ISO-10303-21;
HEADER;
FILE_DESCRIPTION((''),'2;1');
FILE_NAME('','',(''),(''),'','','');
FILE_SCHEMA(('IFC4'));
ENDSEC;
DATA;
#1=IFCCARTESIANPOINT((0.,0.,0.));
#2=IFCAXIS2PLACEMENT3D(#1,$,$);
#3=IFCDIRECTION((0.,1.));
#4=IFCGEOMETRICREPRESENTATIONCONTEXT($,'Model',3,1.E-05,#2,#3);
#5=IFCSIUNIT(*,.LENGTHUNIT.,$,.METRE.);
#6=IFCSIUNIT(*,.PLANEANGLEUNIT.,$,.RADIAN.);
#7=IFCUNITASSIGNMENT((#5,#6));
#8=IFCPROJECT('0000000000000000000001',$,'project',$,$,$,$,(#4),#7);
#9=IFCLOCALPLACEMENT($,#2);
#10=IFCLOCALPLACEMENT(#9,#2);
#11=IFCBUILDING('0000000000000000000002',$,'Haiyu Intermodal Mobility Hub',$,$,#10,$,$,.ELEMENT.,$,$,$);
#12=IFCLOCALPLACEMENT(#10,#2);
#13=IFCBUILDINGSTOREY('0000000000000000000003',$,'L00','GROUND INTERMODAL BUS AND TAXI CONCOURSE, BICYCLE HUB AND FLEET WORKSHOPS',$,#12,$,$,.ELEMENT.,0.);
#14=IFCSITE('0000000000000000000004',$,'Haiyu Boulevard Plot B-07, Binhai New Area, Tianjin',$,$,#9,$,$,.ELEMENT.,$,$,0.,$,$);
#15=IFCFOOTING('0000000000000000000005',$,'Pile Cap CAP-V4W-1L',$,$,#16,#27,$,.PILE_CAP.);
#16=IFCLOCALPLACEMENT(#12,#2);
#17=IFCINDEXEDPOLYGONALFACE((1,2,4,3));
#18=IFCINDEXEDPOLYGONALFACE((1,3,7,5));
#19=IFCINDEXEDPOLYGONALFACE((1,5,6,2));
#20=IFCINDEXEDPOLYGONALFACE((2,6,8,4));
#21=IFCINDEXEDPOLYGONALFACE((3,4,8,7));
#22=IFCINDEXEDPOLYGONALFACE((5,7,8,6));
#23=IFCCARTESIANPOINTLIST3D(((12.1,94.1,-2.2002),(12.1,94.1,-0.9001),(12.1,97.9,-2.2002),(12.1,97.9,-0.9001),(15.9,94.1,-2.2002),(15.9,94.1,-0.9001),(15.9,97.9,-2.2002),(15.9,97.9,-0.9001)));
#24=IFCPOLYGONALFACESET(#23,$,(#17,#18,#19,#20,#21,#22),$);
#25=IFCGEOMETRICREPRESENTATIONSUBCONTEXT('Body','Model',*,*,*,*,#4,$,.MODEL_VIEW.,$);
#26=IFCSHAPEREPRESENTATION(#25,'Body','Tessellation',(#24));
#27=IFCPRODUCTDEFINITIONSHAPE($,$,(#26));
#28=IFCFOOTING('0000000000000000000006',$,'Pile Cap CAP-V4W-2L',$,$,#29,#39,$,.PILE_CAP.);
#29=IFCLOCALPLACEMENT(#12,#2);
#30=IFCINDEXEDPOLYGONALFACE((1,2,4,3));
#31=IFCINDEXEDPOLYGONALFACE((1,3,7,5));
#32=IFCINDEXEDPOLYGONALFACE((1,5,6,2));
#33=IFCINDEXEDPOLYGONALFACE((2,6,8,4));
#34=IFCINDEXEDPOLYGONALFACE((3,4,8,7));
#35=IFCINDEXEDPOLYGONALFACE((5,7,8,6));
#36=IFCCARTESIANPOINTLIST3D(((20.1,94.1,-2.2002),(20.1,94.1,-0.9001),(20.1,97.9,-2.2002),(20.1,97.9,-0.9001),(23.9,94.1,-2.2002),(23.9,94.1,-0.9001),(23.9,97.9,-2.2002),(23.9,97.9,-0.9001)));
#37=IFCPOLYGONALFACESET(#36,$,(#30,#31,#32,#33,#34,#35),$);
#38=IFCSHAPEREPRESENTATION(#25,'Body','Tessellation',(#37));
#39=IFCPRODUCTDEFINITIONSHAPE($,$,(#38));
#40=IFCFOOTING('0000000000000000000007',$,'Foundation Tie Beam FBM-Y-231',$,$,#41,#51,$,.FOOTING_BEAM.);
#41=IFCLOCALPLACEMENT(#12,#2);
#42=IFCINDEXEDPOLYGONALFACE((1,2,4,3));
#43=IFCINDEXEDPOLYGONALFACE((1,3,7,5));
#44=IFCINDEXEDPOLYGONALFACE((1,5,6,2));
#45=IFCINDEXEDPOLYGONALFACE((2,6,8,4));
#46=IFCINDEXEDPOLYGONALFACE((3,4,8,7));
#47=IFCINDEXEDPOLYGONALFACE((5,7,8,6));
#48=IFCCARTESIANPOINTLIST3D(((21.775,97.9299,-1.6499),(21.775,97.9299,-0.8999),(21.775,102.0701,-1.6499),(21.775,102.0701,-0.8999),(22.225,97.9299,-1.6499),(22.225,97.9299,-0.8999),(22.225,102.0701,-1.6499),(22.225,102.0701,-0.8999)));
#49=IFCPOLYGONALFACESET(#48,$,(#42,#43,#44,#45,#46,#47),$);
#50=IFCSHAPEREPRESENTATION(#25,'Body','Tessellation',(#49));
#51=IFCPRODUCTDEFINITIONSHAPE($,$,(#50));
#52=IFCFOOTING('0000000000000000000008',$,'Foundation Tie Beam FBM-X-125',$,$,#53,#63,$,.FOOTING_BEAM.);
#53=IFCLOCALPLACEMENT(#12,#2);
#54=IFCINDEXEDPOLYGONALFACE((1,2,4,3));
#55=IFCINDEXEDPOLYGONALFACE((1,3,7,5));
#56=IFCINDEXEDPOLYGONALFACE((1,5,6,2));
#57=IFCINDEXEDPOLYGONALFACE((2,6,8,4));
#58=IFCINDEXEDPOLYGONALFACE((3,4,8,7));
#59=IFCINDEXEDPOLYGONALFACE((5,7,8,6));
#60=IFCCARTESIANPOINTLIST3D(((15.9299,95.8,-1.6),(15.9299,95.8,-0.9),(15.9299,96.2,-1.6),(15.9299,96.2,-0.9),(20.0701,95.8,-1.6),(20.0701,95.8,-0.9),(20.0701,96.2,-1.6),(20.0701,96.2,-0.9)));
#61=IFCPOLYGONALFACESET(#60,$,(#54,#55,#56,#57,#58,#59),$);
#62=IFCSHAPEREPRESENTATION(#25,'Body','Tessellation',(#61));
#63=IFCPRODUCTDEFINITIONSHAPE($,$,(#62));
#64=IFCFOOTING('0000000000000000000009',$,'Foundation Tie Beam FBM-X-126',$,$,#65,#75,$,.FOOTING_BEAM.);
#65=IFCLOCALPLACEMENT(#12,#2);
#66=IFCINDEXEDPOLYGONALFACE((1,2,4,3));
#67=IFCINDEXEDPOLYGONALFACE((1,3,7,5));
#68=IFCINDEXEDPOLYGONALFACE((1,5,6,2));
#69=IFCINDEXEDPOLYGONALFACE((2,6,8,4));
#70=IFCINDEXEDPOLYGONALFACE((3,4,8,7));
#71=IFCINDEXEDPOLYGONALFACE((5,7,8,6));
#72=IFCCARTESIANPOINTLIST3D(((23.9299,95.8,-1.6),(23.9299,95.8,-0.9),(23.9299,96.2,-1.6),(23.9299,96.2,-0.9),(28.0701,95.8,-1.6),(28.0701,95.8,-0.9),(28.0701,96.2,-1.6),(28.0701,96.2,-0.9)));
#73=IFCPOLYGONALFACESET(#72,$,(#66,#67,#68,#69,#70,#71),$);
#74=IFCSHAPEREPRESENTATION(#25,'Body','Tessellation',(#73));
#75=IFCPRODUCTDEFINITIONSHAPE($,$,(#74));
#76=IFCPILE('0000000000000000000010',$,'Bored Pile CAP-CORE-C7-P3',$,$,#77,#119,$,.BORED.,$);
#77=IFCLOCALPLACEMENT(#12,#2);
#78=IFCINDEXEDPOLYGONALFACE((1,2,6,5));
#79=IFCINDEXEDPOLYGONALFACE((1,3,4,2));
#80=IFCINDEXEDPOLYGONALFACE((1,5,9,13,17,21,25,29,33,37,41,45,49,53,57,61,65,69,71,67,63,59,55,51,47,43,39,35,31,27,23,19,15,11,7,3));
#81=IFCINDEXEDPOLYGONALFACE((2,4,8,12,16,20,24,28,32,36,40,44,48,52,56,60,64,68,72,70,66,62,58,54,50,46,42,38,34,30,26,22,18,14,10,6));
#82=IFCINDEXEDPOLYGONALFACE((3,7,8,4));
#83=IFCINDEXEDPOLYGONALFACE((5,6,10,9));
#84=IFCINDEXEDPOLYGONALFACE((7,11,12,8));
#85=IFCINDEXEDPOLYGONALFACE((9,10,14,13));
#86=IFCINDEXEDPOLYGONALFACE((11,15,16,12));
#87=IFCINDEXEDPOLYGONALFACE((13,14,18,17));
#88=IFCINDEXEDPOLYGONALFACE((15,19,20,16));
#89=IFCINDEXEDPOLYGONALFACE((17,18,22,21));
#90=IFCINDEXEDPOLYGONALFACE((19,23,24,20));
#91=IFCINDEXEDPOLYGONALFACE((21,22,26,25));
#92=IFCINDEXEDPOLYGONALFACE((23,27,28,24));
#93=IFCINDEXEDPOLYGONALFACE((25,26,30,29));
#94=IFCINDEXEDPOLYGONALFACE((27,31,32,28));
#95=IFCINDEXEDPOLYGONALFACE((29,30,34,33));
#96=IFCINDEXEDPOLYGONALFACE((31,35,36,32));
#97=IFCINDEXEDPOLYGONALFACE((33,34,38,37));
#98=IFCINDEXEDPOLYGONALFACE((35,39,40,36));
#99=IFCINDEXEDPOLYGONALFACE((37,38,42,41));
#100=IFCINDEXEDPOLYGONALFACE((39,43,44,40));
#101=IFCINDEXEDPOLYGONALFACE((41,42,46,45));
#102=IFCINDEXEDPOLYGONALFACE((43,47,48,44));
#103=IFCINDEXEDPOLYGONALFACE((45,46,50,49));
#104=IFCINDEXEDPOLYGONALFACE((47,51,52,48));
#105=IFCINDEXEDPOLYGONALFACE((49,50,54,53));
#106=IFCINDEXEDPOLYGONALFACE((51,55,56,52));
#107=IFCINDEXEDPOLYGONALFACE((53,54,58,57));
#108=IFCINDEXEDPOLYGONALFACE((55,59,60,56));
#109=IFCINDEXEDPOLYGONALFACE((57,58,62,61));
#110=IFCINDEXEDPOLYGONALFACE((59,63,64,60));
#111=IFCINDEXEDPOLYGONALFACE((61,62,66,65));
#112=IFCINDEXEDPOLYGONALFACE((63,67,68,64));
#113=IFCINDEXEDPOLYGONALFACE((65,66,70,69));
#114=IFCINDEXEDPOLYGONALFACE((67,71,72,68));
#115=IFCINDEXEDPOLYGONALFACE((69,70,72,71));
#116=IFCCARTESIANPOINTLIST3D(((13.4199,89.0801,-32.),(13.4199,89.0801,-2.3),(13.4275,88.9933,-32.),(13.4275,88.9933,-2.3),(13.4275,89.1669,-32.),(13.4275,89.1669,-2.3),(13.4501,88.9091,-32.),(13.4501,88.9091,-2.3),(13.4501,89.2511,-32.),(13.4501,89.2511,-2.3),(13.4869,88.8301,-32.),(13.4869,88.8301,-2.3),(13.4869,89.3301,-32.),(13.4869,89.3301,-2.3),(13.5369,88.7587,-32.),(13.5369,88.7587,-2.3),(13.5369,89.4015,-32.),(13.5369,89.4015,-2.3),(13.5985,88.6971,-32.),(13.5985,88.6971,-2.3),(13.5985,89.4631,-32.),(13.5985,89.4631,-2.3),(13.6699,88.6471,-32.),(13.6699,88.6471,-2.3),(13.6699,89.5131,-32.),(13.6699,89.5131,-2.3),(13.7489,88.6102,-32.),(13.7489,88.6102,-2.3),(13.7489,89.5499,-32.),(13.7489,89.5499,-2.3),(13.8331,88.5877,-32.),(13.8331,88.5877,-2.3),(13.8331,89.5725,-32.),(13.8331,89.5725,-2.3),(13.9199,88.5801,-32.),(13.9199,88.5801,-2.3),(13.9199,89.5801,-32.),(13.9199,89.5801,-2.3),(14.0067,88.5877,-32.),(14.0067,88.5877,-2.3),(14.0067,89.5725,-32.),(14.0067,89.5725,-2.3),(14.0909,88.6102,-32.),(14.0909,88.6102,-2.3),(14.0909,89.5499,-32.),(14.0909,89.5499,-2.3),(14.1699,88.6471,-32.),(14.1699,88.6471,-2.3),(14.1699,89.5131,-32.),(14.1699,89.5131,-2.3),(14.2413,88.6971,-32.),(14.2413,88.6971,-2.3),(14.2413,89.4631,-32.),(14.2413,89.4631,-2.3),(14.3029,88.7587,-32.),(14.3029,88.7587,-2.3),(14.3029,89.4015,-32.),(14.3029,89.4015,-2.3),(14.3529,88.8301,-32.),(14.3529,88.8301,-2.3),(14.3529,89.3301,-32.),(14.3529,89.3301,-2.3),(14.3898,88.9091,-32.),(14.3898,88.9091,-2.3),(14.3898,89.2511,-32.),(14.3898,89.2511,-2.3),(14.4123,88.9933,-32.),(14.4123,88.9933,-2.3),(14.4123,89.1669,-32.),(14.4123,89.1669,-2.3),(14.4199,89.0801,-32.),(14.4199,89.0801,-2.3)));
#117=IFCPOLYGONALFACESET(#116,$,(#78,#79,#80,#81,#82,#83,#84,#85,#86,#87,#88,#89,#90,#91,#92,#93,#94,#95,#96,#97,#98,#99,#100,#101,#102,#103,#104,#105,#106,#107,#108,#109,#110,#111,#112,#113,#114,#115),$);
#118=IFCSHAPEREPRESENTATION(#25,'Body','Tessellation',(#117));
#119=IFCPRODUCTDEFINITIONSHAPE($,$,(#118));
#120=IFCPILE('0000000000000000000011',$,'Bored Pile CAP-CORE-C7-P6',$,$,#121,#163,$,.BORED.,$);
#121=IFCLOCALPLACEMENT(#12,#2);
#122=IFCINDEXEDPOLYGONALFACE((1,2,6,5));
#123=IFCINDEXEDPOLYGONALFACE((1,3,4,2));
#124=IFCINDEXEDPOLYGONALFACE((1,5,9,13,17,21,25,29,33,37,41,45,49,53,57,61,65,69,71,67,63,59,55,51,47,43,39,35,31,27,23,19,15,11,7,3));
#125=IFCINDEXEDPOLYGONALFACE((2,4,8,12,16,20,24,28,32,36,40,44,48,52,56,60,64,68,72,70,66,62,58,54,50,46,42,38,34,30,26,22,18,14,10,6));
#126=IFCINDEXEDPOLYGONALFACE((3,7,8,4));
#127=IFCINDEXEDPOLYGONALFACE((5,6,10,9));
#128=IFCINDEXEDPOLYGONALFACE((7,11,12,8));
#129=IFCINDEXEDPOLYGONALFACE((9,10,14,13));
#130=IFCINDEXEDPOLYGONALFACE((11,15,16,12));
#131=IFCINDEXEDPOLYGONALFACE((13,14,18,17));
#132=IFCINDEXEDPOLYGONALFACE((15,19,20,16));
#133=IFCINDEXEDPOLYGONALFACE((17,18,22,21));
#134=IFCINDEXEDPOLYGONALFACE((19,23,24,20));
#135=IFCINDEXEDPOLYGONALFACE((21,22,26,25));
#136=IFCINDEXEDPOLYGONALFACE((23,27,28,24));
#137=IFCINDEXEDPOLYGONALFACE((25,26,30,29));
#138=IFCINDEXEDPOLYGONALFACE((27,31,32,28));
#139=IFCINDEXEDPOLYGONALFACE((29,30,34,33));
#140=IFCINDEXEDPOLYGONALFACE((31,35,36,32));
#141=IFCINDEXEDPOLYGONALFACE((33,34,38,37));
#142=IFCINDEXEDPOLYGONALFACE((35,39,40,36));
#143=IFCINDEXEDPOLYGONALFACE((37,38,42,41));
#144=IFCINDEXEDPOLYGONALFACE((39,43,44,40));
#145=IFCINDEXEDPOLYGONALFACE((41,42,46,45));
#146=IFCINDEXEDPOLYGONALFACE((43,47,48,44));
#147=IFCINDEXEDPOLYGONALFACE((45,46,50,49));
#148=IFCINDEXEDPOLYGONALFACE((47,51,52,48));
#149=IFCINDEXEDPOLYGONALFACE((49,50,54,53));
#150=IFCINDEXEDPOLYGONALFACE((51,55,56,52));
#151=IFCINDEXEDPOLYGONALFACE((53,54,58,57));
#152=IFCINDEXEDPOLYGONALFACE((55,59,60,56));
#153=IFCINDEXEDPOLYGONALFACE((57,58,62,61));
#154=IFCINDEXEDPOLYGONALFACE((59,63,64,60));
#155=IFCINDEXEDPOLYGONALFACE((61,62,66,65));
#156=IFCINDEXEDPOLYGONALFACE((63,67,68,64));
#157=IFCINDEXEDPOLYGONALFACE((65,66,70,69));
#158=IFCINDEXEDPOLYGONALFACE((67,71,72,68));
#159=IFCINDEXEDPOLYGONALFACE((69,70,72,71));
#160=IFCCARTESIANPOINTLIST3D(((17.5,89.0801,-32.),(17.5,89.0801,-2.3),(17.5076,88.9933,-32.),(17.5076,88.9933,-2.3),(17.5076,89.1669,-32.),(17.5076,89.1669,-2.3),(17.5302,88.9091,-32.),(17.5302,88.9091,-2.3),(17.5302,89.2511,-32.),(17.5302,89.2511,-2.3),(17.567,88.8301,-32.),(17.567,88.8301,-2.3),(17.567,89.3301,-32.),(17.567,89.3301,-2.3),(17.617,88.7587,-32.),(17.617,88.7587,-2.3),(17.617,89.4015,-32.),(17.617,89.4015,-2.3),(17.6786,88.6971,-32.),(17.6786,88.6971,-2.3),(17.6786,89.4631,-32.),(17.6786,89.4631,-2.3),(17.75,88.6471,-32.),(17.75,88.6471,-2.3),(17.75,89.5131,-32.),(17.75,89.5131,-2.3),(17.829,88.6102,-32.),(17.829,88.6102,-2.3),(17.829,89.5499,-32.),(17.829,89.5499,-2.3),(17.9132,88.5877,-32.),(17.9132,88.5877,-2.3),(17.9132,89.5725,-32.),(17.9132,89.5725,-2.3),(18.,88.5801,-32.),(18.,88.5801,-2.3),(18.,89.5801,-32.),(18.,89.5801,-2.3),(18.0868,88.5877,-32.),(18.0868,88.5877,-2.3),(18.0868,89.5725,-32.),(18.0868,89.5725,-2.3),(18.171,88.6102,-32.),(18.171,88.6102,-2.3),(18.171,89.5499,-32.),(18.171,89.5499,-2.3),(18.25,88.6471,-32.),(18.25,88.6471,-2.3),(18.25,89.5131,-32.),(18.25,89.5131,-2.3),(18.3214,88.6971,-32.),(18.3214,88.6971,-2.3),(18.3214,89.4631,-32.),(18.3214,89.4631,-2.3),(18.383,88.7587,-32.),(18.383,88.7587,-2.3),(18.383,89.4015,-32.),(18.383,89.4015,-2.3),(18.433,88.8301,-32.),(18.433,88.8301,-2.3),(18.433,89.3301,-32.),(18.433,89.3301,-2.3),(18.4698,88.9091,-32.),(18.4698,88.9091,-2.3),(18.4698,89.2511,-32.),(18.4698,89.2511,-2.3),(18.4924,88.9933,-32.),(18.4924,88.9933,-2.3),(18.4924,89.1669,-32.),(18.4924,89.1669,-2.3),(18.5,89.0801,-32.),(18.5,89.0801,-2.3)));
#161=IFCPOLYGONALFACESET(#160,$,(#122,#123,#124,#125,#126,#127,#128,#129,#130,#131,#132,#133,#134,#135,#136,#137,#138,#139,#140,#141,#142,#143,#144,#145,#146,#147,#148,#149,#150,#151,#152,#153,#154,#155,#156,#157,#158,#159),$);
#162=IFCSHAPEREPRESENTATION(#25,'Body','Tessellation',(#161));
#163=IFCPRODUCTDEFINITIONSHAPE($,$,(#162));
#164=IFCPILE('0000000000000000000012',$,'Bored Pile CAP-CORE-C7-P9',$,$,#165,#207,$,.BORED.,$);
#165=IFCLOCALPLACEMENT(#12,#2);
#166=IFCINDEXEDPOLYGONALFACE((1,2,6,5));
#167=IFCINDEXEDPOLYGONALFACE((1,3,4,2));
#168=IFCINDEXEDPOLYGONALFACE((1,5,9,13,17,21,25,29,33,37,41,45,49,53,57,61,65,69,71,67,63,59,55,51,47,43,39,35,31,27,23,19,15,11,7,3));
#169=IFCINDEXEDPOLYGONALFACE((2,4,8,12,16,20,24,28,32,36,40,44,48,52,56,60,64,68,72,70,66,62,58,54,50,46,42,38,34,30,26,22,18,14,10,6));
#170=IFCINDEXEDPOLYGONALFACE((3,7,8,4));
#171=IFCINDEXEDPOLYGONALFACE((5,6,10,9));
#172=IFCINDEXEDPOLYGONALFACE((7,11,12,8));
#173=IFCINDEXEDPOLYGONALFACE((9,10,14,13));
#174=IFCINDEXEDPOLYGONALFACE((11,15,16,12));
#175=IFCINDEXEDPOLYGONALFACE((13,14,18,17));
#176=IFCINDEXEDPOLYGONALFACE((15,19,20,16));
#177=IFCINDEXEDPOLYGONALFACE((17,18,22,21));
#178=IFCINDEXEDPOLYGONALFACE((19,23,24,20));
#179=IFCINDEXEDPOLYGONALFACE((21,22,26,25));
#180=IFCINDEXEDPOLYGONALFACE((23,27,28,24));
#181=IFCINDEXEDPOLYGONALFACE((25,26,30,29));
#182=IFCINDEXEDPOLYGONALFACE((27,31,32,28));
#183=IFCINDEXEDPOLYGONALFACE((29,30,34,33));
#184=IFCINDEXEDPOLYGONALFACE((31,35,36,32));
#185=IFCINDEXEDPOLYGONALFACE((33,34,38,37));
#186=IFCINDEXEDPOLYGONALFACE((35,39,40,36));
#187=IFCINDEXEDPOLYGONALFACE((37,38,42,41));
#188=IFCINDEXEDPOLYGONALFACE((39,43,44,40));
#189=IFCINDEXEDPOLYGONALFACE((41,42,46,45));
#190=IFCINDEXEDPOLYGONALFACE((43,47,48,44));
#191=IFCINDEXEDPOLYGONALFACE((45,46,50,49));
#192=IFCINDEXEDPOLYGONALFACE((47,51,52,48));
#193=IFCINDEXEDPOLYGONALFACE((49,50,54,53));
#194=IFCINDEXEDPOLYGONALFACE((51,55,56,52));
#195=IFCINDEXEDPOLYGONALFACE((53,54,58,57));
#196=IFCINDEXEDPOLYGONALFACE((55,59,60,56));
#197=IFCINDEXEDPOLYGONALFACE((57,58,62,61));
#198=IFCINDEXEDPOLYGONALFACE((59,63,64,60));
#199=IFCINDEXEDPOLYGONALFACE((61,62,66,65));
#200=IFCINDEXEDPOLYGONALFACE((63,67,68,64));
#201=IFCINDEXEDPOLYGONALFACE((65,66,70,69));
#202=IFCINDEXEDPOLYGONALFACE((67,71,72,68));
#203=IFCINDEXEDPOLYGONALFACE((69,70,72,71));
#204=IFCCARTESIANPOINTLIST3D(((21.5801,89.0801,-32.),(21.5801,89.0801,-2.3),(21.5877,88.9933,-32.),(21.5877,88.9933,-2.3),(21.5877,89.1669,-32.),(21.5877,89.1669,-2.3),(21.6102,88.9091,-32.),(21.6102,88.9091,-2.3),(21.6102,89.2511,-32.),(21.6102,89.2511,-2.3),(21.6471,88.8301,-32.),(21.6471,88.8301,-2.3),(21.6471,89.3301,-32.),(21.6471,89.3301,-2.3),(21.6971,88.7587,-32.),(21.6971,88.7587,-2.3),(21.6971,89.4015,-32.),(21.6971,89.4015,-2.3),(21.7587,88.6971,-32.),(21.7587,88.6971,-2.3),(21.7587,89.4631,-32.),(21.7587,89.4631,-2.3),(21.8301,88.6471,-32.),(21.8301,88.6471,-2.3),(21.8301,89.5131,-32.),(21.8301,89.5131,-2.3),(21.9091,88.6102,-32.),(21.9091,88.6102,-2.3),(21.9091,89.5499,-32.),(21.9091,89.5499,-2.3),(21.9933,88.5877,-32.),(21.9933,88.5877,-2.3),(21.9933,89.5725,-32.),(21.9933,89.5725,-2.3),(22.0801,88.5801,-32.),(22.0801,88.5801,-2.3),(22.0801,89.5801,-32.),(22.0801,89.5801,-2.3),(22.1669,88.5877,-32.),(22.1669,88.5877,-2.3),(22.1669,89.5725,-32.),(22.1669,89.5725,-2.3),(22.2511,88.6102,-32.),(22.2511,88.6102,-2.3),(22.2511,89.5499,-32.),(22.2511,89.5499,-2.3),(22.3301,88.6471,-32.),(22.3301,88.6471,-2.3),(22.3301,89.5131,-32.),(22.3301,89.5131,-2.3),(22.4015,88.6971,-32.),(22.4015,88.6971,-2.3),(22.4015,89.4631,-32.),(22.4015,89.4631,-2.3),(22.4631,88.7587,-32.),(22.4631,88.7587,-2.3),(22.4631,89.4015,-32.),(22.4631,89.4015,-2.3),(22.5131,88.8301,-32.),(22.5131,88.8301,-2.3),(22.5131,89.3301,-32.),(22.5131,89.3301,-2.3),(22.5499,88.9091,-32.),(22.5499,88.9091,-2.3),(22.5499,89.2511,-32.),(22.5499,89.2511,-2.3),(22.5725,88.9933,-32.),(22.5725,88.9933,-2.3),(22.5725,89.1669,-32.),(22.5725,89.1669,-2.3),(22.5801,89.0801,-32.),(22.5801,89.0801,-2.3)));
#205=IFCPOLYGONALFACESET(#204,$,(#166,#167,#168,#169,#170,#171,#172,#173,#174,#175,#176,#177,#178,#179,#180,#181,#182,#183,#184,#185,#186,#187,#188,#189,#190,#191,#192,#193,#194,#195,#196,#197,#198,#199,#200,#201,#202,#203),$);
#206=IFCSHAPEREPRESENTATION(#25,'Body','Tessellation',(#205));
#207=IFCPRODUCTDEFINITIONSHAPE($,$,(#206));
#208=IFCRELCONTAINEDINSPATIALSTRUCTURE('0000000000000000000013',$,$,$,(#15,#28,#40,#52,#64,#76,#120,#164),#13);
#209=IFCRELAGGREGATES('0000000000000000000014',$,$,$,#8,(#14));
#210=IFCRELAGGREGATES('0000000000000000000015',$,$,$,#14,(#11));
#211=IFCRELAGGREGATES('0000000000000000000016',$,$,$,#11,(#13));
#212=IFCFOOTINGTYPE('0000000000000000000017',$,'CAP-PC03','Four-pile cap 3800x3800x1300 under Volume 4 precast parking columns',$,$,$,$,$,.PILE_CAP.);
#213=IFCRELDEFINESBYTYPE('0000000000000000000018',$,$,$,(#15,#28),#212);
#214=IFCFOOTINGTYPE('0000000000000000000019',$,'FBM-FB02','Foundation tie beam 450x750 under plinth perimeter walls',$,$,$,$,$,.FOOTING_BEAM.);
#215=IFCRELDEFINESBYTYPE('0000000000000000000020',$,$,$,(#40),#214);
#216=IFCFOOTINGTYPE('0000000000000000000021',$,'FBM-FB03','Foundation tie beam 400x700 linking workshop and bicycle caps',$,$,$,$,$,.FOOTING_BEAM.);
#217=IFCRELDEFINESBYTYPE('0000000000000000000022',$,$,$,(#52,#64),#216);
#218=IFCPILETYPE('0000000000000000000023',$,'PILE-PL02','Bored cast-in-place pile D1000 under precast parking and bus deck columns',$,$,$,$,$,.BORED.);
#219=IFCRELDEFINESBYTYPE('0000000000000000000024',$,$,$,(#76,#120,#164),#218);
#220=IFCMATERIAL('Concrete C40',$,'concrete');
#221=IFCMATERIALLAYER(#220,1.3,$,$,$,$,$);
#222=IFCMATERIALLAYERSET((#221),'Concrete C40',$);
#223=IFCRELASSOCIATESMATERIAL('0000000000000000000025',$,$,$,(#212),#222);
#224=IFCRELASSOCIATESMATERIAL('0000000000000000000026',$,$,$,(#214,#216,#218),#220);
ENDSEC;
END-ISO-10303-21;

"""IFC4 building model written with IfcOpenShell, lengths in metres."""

from ifc_helpers import new_model, si_unit, direction, frame, origin, origin_2d, place, context, subcontext, project, spatial, rectangle, circle, extrude, material, layer, layer_set, material_profile, profile_set, type_object, element, save


model = new_model("IFC4")

# Units and contexts
model_context = context("Model", 3, precision=1e-05, world=origin(), true_north=direction((0.0, 1.0)))
body_context = subcontext(model_context, "Body", "Model", "MODEL_VIEW")
ifc_project = project(units=[si_unit("LENGTHUNIT", "METRE"), si_unit("PLANEANGLEUNIT", "RADIAN")], contexts=[model_context])

# Site, building, storey
site_placement = place(None, origin())
site = spatial("IfcSite", under=ifc_project, at=site_placement, Name="Haiyu Boulevard Plot B-07, Binhai New Area, Tianjin", CompositionType="ELEMENT", RefElevation=0.0)
building_placement = place(site_placement, origin())
building = spatial("IfcBuilding", under=site, at=building_placement, Name="Haiyu Intermodal Mobility Hub", CompositionType="ELEMENT")
storey_placement = place(building_placement, origin())
storey = spatial("IfcBuildingStorey", under=building, at=storey_placement, Name="L00", Description="GROUND INTERMODAL BUS AND TAXI CONCOURSE, BICYCLE HUB AND FLEET WORKSHOPS", CompositionType="ELEMENT", Elevation=0.0)

# Footings
ifc_material_1 = material(Name="Concrete C40", Category="concrete")
ifc_layer_1 = layer(ifc_material_1, 1.3)
ifc_layer_set_1 = layer_set([ifc_layer_1], Name="Concrete C40")
footing_type_1 = type_object("IfcFootingType", Name="CAP-PC03", Description="Four-pile cap 3800x3800x1300 under Volume 4 precast parking columns", PredefinedType="PILE_CAP", material=ifc_layer_set_1)
for number, where, z_axis, x_axis, name in (
    (1, (14.0, 96.0, -2.2002), (0.0, 0.0, 1.0), (1.0, 0.0, 0.0), "Pile Cap CAP-V4W-1L"),
    (2, (22.0, 96.0, -2.2002), (0.0, 0.0, 1.0), (1.0, 0.0, 0.0), "Pile Cap CAP-V4W-2L"),
):
    element("IfcFooting", number, at=place(storey_placement, frame(where, z_axis=z_axis, x_axis=x_axis)), inside=storey, type_object=footing_type_1, Name=name, PredefinedType="PILE_CAP", context=body_context, shape_type="SweptSolid", body=[
        extrude(rectangle(XDim=3.8, YDim=3.8, at=origin_2d()), origin(), (0.0, 0.0, 1.0), 1.3),
    ])
ifc_material_profile_1 = material_profile(ifc_material_1, rectangle(XDim=0.45, YDim=0.75, at=origin_2d()), Name="FB450x750")
ifc_profile_set_1 = profile_set([ifc_material_profile_1], Name="Concrete C40")
footing_type_2 = type_object("IfcFootingType", Name="FBM-FB02", Description="Foundation tie beam 450x750 under plinth perimeter walls", PredefinedType="FOOTING_BEAM", material=ifc_profile_set_1)
footing_placement = place(storey_placement, frame((22.0, 97.9299, -1.2749), z_axis=(0.0, 1.0, 0.0), x_axis=(-1.0, 0.0, 0.0)))
element("IfcFooting", 3, at=footing_placement, inside=storey, type_object=footing_type_2, Name="Foundation Tie Beam FBM-Y-231", PredefinedType="FOOTING_BEAM", context=body_context, shape_type="SweptSolid", body=[
    extrude(rectangle(XDim=0.45, YDim=0.75, at=origin_2d()), origin(), (0.0, 0.0, 1.0), 4.1401),
])
ifc_material_profile_2 = material_profile(ifc_material_1, rectangle(XDim=0.3999, YDim=0.7, at=origin_2d()), Name="FB400x700")
ifc_profile_set_2 = profile_set([ifc_material_profile_2], Name="Concrete C40")
footing_type_3 = type_object("IfcFootingType", Name="FBM-FB03", Description="Foundation tie beam 400x700 linking workshop and bicycle caps", PredefinedType="FOOTING_BEAM", material=ifc_profile_set_2)
for number, where, z_axis, x_axis, name in (
    (4, (15.9299, 96.0, -1.25), (1.0, 0.0, 0.0), (0.0, 1.0, 0.0), "Foundation Tie Beam FBM-X-125"),
    (5, (23.9299, 96.0, -1.25), (1.0, 0.0, 0.0), (0.0, 1.0, 0.0), "Foundation Tie Beam FBM-X-126"),
):
    element("IfcFooting", number, at=place(storey_placement, frame(where, z_axis=z_axis, x_axis=x_axis)), inside=storey, type_object=footing_type_3, Name=name, PredefinedType="FOOTING_BEAM", context=body_context, shape_type="SweptSolid", body=[
        extrude(rectangle(XDim=0.3999, YDim=0.7, at=origin_2d()), origin(), (0.0, 0.0, 1.0), 4.1401),
    ])

# Piles
ifc_material_profile_3 = material_profile(ifc_material_1, circle(Radius=0.5, at=origin_2d()), Name="PILE-D1000")
ifc_profile_set_3 = profile_set([ifc_material_profile_3], Name="Concrete C40")
pile_type = type_object("IfcPileType", Name="PILE-PL02", Description="Bored cast-in-place pile D1000 under precast parking and bus deck columns", PredefinedType="BORED", material=ifc_profile_set_3)
for number, where, z_axis, x_axis, name in (
    (6, (13.9199, 89.0801, -2.3), (0.0, 0.0, -1.0), (1.0, 0.0, 0.0), "Bored Pile CAP-CORE-C7-P3"),
    (7, (18.0, 89.0801, -2.3), (0.0, 0.0, -1.0), (1.0, 0.0, 0.0), "Bored Pile CAP-CORE-C7-P6"),
    (8, (22.0801, 89.0801, -2.3), (0.0, 0.0, -1.0), (1.0, 0.0, 0.0), "Bored Pile CAP-CORE-C7-P9"),
):
    element("IfcPile", number, at=place(storey_placement, frame(where, z_axis=z_axis, x_axis=x_axis)), inside=storey, type_object=pile_type, Name=name, PredefinedType="BORED", context=body_context, shape_type="SweptSolid", body=[
        extrude(circle(Radius=0.5, at=origin_2d()), origin(), (0.0, 0.0, 1.0), 29.7),
    ])

save(model, "model.ifc")
